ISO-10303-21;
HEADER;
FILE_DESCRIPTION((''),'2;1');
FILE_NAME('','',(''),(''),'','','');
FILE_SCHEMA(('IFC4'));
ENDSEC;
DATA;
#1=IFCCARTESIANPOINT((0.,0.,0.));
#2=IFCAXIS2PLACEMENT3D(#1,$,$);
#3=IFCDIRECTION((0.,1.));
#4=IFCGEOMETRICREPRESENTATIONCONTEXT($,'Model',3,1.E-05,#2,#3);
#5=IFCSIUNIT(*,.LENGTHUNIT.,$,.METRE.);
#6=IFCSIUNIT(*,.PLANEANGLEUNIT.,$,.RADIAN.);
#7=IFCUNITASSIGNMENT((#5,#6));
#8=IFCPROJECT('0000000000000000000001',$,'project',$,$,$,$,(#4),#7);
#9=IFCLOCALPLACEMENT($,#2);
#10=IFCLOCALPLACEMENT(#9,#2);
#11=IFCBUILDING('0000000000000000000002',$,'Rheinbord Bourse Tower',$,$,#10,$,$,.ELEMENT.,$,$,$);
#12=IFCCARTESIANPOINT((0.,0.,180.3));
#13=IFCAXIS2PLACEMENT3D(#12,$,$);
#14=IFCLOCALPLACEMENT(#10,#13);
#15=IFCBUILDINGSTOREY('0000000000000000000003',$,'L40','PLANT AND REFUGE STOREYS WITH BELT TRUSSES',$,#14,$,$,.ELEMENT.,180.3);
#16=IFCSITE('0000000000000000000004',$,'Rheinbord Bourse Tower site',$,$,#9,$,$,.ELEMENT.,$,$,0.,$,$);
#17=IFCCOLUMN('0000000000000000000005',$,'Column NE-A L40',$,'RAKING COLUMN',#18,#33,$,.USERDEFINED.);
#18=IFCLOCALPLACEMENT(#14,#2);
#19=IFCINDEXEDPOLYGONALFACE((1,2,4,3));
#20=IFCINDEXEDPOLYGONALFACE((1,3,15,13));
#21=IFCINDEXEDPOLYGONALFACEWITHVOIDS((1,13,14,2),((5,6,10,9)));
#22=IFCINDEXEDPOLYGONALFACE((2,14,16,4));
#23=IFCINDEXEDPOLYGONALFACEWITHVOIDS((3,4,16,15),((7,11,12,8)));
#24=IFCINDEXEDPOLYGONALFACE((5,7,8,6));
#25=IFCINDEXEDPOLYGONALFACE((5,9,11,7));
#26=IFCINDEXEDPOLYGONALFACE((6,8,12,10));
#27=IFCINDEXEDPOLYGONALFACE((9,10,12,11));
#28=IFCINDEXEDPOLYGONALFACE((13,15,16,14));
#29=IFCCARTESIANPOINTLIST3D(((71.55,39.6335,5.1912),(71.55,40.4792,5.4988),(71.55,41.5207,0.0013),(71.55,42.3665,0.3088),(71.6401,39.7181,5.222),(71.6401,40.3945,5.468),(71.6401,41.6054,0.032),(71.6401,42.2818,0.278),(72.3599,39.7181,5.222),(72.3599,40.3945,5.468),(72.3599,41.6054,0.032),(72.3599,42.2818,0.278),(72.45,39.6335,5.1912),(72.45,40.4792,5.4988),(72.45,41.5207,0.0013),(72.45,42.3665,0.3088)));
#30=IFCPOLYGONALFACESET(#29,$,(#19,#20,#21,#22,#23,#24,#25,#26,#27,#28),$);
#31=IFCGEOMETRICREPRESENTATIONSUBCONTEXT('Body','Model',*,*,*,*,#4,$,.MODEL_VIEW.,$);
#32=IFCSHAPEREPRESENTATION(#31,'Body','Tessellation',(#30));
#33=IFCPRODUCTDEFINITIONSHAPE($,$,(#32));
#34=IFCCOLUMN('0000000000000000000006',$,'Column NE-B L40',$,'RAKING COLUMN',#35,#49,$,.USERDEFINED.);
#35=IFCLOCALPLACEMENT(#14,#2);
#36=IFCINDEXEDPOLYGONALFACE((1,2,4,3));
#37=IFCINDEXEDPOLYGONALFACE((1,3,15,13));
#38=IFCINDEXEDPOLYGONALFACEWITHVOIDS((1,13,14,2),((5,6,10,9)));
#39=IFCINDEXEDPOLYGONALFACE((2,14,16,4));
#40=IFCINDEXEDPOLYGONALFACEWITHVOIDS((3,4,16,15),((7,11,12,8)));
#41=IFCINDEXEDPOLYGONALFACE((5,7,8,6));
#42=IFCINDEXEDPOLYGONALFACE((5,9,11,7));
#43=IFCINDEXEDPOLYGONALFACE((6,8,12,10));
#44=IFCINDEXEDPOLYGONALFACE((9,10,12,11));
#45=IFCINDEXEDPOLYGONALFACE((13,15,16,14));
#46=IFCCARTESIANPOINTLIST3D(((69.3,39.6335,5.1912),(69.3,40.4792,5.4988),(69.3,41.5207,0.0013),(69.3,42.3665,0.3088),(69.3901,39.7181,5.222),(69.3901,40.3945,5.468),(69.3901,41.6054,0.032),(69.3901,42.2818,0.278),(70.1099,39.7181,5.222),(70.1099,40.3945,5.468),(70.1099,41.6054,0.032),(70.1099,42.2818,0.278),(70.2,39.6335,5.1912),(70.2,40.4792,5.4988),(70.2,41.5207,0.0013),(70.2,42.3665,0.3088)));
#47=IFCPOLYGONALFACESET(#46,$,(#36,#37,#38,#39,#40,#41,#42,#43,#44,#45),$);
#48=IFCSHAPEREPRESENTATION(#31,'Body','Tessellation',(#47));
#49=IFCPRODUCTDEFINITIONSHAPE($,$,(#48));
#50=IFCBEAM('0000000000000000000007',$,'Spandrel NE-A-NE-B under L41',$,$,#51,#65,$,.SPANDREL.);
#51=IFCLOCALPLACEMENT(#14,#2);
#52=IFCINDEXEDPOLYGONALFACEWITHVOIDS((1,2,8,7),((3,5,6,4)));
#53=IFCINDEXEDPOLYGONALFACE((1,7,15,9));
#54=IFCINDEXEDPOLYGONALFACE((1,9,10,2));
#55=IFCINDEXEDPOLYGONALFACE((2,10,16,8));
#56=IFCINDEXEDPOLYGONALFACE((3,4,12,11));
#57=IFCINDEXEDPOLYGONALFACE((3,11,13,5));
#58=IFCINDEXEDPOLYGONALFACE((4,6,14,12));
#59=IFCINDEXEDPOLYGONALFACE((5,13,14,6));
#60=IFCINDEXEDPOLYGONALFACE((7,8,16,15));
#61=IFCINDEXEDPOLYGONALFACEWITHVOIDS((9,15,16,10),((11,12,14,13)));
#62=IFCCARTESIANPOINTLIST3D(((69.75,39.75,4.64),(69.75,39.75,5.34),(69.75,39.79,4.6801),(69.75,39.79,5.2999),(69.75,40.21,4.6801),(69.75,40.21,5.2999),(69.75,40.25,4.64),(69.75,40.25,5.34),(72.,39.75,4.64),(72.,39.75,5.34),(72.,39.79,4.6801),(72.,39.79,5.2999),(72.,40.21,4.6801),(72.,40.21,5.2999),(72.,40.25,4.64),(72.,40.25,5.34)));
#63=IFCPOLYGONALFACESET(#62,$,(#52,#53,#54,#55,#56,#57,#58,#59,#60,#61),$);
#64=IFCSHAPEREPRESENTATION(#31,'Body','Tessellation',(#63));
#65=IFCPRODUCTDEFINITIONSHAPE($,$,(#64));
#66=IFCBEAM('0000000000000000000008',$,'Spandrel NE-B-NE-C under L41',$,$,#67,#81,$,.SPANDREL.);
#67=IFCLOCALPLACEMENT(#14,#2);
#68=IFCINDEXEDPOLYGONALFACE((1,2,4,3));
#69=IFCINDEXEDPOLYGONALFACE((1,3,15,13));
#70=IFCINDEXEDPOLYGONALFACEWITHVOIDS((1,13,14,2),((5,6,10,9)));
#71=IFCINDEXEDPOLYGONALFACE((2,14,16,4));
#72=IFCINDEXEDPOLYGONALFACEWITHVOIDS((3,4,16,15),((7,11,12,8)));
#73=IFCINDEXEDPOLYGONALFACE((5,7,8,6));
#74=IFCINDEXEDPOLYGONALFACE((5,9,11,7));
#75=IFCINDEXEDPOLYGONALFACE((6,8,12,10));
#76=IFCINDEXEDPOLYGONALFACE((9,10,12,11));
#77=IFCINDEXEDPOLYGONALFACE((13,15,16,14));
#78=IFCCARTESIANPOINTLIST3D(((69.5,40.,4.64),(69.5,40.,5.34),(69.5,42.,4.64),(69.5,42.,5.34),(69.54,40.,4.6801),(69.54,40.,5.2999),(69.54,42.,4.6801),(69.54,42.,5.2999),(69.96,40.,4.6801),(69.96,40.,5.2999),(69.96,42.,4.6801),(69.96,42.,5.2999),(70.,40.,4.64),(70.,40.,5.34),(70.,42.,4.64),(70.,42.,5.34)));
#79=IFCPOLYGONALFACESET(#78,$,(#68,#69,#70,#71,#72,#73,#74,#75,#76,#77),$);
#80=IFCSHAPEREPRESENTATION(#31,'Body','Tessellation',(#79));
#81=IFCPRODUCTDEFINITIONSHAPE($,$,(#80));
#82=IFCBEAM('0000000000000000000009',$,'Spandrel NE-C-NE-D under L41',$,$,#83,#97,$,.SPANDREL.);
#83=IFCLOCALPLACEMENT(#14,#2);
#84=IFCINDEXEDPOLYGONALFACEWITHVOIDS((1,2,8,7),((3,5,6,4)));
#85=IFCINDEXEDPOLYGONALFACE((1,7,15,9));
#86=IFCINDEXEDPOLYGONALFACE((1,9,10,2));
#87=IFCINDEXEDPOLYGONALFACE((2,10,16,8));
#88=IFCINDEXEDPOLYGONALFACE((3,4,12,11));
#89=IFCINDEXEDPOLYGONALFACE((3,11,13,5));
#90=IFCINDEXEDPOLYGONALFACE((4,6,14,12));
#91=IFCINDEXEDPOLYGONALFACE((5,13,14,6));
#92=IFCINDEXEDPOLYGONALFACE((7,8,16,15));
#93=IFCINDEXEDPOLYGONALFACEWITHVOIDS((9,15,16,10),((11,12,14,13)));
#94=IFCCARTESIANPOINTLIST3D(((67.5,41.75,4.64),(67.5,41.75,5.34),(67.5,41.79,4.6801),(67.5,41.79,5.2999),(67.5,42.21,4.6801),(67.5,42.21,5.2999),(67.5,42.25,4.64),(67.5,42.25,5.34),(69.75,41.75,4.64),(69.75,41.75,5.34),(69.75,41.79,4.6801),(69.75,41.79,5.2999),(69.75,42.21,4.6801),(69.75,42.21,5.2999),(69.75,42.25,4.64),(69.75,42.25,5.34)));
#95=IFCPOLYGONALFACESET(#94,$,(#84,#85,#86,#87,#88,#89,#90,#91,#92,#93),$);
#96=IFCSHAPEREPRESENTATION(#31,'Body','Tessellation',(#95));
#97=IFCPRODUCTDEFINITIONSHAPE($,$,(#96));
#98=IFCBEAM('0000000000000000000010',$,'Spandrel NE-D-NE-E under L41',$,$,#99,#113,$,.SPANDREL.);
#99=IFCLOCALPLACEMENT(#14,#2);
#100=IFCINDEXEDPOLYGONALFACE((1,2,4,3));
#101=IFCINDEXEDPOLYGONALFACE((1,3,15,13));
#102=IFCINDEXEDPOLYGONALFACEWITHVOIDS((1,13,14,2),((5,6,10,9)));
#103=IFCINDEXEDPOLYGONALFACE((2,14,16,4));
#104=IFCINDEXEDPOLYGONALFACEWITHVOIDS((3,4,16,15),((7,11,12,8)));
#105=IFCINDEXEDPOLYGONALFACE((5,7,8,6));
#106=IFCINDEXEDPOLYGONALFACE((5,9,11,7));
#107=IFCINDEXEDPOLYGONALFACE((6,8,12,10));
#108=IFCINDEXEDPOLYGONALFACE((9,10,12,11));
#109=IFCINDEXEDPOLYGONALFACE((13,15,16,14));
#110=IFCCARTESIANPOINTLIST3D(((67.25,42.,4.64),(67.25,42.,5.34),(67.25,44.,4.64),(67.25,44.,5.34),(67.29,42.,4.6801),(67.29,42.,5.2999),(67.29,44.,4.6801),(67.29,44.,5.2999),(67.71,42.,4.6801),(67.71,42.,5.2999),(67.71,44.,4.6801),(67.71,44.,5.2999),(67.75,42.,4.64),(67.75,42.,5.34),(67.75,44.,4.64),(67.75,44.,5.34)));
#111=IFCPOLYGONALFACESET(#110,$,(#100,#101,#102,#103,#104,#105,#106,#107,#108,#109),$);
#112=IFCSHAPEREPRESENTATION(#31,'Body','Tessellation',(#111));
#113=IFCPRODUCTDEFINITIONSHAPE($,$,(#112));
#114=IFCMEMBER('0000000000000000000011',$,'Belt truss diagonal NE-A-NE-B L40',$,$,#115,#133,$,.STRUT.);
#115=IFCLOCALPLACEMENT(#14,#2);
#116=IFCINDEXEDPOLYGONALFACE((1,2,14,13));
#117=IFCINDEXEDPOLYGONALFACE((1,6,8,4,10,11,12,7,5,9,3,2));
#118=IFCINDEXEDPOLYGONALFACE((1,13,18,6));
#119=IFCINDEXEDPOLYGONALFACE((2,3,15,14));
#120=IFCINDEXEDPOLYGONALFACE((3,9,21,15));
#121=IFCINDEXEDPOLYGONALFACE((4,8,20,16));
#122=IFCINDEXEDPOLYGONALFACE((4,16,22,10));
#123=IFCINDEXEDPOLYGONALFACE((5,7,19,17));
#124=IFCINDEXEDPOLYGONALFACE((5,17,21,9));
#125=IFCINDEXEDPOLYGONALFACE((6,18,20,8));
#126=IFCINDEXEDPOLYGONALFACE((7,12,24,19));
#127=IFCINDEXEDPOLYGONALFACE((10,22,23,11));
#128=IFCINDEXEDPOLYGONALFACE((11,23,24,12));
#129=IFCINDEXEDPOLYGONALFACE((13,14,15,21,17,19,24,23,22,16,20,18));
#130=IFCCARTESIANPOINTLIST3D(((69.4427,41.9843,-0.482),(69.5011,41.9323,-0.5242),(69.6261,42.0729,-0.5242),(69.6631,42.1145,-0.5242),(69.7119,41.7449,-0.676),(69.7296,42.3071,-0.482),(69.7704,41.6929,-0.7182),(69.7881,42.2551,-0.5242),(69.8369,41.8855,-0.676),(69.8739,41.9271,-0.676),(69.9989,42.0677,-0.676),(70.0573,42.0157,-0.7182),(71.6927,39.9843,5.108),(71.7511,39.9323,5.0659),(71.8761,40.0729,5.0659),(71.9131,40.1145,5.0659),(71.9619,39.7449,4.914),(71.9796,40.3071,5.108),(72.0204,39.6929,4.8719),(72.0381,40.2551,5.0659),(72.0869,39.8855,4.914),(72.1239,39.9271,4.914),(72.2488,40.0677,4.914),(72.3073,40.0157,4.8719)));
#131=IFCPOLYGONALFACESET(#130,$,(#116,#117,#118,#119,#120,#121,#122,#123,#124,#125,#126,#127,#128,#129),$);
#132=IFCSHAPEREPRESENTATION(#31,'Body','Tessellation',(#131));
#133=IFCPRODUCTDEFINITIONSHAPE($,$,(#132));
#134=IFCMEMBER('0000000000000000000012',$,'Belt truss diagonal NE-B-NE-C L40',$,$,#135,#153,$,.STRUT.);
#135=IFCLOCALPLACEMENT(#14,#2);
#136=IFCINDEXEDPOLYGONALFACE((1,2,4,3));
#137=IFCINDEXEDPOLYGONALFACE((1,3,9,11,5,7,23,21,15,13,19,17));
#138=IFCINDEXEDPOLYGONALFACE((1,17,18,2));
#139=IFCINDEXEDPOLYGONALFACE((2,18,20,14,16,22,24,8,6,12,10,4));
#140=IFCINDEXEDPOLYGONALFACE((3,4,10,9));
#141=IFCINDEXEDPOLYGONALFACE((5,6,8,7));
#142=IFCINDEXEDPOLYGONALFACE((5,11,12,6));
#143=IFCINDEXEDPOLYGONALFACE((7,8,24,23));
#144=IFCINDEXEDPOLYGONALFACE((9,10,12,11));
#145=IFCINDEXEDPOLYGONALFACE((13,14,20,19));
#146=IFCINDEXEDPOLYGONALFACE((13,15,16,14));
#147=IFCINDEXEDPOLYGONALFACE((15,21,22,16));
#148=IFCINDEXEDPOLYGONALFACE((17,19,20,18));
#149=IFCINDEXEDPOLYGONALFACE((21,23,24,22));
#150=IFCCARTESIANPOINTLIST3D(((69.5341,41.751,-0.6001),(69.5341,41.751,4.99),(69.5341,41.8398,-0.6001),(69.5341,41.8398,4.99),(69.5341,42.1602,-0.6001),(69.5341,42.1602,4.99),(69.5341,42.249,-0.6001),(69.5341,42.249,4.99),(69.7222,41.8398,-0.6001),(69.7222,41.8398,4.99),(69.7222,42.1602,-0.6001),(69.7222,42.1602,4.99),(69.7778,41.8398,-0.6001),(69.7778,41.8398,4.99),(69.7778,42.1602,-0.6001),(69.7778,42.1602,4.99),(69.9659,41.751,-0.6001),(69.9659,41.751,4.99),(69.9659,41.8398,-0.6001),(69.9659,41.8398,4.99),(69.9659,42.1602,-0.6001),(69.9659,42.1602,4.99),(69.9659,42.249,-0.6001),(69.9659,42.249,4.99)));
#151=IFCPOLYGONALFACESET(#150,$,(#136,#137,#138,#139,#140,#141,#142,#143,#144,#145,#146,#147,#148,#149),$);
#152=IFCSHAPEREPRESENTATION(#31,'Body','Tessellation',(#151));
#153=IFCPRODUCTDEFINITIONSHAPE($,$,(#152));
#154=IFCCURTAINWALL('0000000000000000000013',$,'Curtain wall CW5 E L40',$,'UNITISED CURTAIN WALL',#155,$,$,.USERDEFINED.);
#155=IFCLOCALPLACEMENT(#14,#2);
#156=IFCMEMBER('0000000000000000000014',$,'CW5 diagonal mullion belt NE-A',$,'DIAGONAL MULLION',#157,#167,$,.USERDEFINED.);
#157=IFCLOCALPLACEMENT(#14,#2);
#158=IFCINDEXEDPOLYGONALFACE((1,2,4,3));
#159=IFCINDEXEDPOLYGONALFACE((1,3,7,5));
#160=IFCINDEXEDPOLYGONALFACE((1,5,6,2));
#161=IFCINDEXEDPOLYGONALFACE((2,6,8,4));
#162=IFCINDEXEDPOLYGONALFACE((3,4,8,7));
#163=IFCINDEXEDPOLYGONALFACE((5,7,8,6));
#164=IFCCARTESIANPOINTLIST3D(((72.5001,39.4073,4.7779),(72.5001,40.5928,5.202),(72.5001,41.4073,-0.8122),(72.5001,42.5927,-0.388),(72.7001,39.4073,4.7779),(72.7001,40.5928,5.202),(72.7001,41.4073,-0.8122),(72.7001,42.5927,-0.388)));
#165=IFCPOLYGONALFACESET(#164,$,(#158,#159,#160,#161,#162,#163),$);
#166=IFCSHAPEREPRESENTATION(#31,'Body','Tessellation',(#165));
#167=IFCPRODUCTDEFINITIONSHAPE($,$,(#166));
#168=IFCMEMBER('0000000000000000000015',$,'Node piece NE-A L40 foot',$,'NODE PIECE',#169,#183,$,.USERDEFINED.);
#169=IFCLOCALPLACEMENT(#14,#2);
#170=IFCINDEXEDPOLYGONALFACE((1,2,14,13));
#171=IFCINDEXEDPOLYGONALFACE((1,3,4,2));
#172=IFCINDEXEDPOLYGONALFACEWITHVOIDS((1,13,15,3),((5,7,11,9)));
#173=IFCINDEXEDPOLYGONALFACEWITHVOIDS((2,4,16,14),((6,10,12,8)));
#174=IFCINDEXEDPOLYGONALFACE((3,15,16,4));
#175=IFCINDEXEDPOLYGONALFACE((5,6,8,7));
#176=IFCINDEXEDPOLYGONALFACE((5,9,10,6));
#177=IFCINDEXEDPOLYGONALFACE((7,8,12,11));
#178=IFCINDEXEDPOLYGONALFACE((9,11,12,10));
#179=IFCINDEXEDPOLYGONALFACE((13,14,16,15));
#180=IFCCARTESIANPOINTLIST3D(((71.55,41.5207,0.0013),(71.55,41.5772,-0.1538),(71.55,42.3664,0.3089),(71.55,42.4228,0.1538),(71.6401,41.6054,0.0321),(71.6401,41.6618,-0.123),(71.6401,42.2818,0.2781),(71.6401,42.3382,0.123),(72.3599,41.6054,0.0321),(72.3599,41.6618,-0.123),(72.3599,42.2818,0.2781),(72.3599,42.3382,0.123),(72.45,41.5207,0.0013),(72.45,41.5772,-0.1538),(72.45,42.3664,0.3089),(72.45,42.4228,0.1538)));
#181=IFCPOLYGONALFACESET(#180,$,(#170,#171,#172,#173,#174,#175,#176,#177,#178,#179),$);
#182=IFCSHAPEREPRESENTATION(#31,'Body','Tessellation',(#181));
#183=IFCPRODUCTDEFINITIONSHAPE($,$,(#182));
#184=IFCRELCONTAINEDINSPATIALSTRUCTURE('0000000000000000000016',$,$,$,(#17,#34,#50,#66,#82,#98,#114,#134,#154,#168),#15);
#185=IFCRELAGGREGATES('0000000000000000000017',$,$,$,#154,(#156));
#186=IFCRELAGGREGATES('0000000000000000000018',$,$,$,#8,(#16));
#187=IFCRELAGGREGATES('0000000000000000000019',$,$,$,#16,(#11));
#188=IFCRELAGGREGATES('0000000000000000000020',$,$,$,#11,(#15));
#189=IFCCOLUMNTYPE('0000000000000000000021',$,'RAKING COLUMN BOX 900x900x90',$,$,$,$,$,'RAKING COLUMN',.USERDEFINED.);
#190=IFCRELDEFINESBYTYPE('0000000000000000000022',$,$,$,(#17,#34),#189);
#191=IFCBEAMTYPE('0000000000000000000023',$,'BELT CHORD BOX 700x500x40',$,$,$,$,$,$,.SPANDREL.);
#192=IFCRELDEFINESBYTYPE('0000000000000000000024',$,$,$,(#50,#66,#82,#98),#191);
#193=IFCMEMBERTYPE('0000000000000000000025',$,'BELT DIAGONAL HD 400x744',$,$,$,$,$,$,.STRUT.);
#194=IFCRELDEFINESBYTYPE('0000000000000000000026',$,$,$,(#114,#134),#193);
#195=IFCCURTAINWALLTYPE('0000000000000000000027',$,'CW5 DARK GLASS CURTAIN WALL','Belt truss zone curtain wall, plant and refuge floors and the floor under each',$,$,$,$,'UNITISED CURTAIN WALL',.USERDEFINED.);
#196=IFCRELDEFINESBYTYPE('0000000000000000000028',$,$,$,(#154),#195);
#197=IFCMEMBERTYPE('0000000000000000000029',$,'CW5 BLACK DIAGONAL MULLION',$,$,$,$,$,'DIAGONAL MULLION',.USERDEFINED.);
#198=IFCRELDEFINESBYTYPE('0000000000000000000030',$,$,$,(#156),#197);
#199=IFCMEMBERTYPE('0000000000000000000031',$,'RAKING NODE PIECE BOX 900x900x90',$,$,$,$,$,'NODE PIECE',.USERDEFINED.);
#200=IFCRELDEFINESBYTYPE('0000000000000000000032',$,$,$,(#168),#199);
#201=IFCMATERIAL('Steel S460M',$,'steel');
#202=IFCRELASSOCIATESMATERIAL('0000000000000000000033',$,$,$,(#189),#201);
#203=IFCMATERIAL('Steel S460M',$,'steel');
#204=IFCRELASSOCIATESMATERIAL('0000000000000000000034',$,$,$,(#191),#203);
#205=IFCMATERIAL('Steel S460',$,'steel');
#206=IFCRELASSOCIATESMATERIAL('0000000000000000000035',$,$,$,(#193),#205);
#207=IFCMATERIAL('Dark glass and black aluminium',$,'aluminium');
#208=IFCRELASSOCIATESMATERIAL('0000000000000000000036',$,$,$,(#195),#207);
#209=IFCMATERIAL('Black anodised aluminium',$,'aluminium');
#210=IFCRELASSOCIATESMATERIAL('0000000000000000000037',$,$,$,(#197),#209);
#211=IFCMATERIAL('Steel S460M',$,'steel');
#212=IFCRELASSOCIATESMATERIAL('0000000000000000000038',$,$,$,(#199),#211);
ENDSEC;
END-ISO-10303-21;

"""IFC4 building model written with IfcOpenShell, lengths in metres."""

from ifc_helpers import new_model, si_unit, direction, frame, origin, origin_2d, place, context, subcontext, project, spatial, rectangle, hollow_rectangle, i_section, extrude, material, material_profile, profile_set, type_object, element, aggregate, save


model = new_model("IFC4")

# Units and contexts
model_context = context("Model", 3, precision=1e-05, world=origin(), true_north=direction((0.0, 1.0)))
body_context = subcontext(model_context, "Body", "Model", "MODEL_VIEW")
ifc_project = project(units=[si_unit("LENGTHUNIT", "METRE"), si_unit("PLANEANGLEUNIT", "RADIAN")], contexts=[model_context])

# Site, building, storey
site_placement = place(None, origin())
site = spatial("IfcSite", under=ifc_project, at=site_placement, Name="Rheinbord Bourse Tower site", CompositionType="ELEMENT", RefElevation=0.0)
building_placement = place(site_placement, origin())
building = spatial("IfcBuilding", under=site, at=building_placement, Name="Rheinbord Bourse Tower", CompositionType="ELEMENT")
storey_placement = place(building_placement, frame((0.0, 0.0, 180.3)))
storey = spatial("IfcBuildingStorey", under=building, at=storey_placement, Name="L40", Description="PLANT AND REFUGE STOREYS WITH BELT TRUSSES", CompositionType="ELEMENT", Elevation=180.3)

# Columns
ifc_material_1 = material(Name="Steel S460M", Category="steel")
ifc_material_profile_1 = material_profile(ifc_material_1, hollow_rectangle(XDim=0.8999, YDim=0.8999, WallThickness=0.0901, at=origin_2d()), Name="BOX 900x900x90")
ifc_profile_set_1 = profile_set([ifc_material_profile_1], Name="Steel S460M")
column_type = type_object("IfcColumnType", Name="RAKING COLUMN BOX 900x900x90", ElementType="RAKING COLUMN", PredefinedType="USERDEFINED", material=ifc_profile_set_1)
for number, where, z_axis, x_axis, name in (
    (1, (72.0, 41.9436, 0.155), (0.0, -0.341743, 0.939793), (1.0, 0.0, 0.0), "Column NE-A L40"),
    (2, (69.75, 41.9436, 0.155), (0.0, -0.341743, 0.939793), (1.0, 0.0, 0.0), "Column NE-B L40"),
):
    element("IfcColumn", number, at=place(storey_placement, frame(where, z_axis=z_axis, x_axis=x_axis)), inside=storey, type_object=column_type, Name=name, ObjectType="RAKING COLUMN", PredefinedType="USERDEFINED", context=body_context, shape_type="SweptSolid", body=[
        extrude(hollow_rectangle(XDim=0.8999, YDim=0.8999, WallThickness=0.0901, at=origin_2d()), origin(), (0.0, 0.0, 1.0), 5.5225),
    ])

# Beams
ifc_material_2 = material(Name="Steel S460M", Category="steel")
ifc_material_profile_2 = material_profile(ifc_material_2, hollow_rectangle(XDim=0.5, YDim=0.7, WallThickness=0.04, at=origin_2d()), Name="BOX 700x500x40")
ifc_profile_set_2 = profile_set([ifc_material_profile_2], Name="Steel S460M")
beam_type_1 = type_object("IfcBeamType", Name="BELT CHORD BOX 700x500x40", PredefinedType="SPANDREL", material=ifc_profile_set_2)
beam_1_placement = place(storey_placement, frame((72.0, 40.0, 4.99), z_axis=(-1.0, 0.0, 0.0), x_axis=(0.0, -1.0, 0.0)))
element("IfcBeam", 3, at=beam_1_placement, inside=storey, type_object=beam_type_1, Name="Spandrel NE-A-NE-B under L41", PredefinedType="SPANDREL", context=body_context, shape_type="SweptSolid", body=[
    extrude(hollow_rectangle(XDim=0.5, YDim=0.7, WallThickness=0.04, at=origin_2d()), origin(), (0.0, 0.0, 1.0), 2.25),
])
beam_2_placement = place(storey_placement, frame((69.75, 40.0, 4.99), z_axis=(0.0, 1.0, 0.0), x_axis=(-1.0, 0.0, 0.0)))
element("IfcBeam", 4, at=beam_2_placement, inside=storey, type_object=beam_type_1, Name="Spandrel NE-B-NE-C under L41", PredefinedType="SPANDREL", context=body_context, shape_type="SweptSolid", body=[
    extrude(hollow_rectangle(XDim=0.5, YDim=0.7, WallThickness=0.04, at=origin_2d()), origin(), (0.0, 0.0, 1.0), 2.0),
])
beam_3_placement = place(storey_placement, frame((69.75, 42.0, 4.99), z_axis=(-1.0, 0.0, 0.0), x_axis=(0.0, -1.0, 0.0)))
element("IfcBeam", 5, at=beam_3_placement, inside=storey, type_object=beam_type_1, Name="Spandrel NE-C-NE-D under L41", PredefinedType="SPANDREL", context=body_context, shape_type="SweptSolid", body=[
    extrude(hollow_rectangle(XDim=0.5, YDim=0.7, WallThickness=0.04, at=origin_2d()), origin(), (0.0, 0.0, 1.0), 2.25),
])
beam_4_placement = place(storey_placement, frame((67.5, 42.0, 4.99), z_axis=(0.0, 1.0, 0.0), x_axis=(-1.0, 0.0, 0.0)))
element("IfcBeam", 6, at=beam_4_placement, inside=storey, type_object=beam_type_1, Name="Spandrel NE-D-NE-E under L41", PredefinedType="SPANDREL", context=body_context, shape_type="SweptSolid", body=[
    extrude(hollow_rectangle(XDim=0.5, YDim=0.7, WallThickness=0.04, at=origin_2d()), origin(), (0.0, 0.0, 1.0), 2.0),
])

# Members
ifc_material_3 = material(Name="Steel S460", Category="steel")
ifc_material_profile_3 = material_profile(ifc_material_3, i_section(OverallWidth=0.4319, OverallDepth=0.498, WebThickness=0.0557, FlangeThickness=0.0889, at=origin_2d()), Name="HD 400x744")
ifc_profile_set_3 = profile_set([ifc_material_profile_3], Name="Steel S460")
member_type_1 = type_object("IfcMemberType", Name="BELT DIAGONAL HD 400x744", PredefinedType="STRUT", material=ifc_profile_set_3)
member_1_placement = place(storey_placement, frame((69.75, 42.0, -0.6001), z_axis=(0.354379, -0.315003, 0.880448), x_axis=(0.664364, 0.747409, 0.0)))
element("IfcMember", 7, at=member_1_placement, inside=storey, type_object=member_type_1, Name="Belt truss diagonal NE-A-NE-B L40", PredefinedType="STRUT", context=body_context, shape_type="SweptSolid", body=[
    extrude(i_section(OverallWidth=0.4319, OverallDepth=0.498, WebThickness=0.0557, FlangeThickness=0.0889, at=origin_2d()), origin(), (0.0, 0.0, 1.0), 6.3491),
])
member_2_placement = place(storey_placement, frame((69.75, 42.0, -0.6001), z_axis=(0.0, 0.0, 1.0), x_axis=(1.0, 0.0, 0.0)))
element("IfcMember", 8, at=member_2_placement, inside=storey, type_object=member_type_1, Name="Belt truss diagonal NE-B-NE-C L40", PredefinedType="STRUT", context=body_context, shape_type="SweptSolid", body=[
    extrude(i_section(OverallWidth=0.4319, OverallDepth=0.498, WebThickness=0.0557, FlangeThickness=0.0889, at=origin_2d()), origin(), (0.0, 0.0, 1.0), 5.5901),
])

# Curtain wall, member
ifc_material_4 = material(Name="Dark glass and black aluminium", Category="aluminium")
curtain_wall_type = type_object("IfcCurtainWallType", Name="CW5 DARK GLASS CURTAIN WALL", Description="Belt truss zone curtain wall, plant and refuge floors and the floor under each", ElementType="UNITISED CURTAIN WALL", PredefinedType="USERDEFINED", material=ifc_material_4)
curtain_wall_placement = place(storey_placement, origin())
curtain_wall = element("IfcCurtainWall", 9, at=curtain_wall_placement, inside=storey, type_object=curtain_wall_type, Name="Curtain wall CW5 E L40", ObjectType="UNITISED CURTAIN WALL", PredefinedType="USERDEFINED")
ifc_material_5 = material(Name="Black anodised aluminium", Category="aluminium")
ifc_material_profile_4 = material_profile(ifc_material_5, rectangle(XDim=0.2, YDim=1.259, at=origin_2d()), Name="CW5 DIAGONAL MULLION 1259x200")
ifc_profile_set_4 = profile_set([ifc_material_profile_4], Name="Black anodised aluminium")
member_type_2 = type_object("IfcMemberType", Name="CW5 BLACK DIAGONAL MULLION", ElementType="DIAGONAL MULLION", PredefinedType="USERDEFINED", material=ifc_profile_set_4)
member_3_placement = place(storey_placement, frame((72.6001, 42.0, -0.6001), z_axis=(0.0, -0.336865, 0.941553), x_axis=(1.0, 0.0, 0.0)))
member_3 = element("IfcMember", 10, at=member_3_placement, type_object=member_type_2, Name="CW5 diagonal mullion belt NE-A", ObjectType="DIAGONAL MULLION", PredefinedType="USERDEFINED", context=body_context, shape_type="SweptSolid", body=[
    extrude(rectangle(XDim=0.2, YDim=1.259, at=origin_2d()), origin(), (0.0, 0.0, 1.0), 5.937),
])

# Member
ifc_material_6 = material(Name="Steel S460M", Category="steel")
ifc_material_profile_5 = material_profile(ifc_material_6, hollow_rectangle(XDim=0.8999, YDim=0.8999, WallThickness=0.0901, at=origin_2d()), Name="BOX 900x900x90")
ifc_profile_set_5 = profile_set([ifc_material_profile_5], Name="Steel S460M")
member_type_3 = type_object("IfcMemberType", Name="RAKING NODE PIECE BOX 900x900x90", ElementType="NODE PIECE", PredefinedType="USERDEFINED", material=ifc_profile_set_5)
for number, where, z_axis, x_axis, name in (
    (11, (72.0, 42.0, 0.0), (0.0, -0.341862, 0.93975), (1.0, 0.0, 0.0), "Node piece NE-A L40 foot"),
):
    element("IfcMember", number, at=place(storey_placement, frame(where, z_axis=z_axis, x_axis=x_axis)), inside=storey, type_object=member_type_3, Name=name, ObjectType="NODE PIECE", PredefinedType="USERDEFINED", context=body_context, shape_type="SweptSolid", body=[
        extrude(hollow_rectangle(XDim=0.8999, YDim=0.8999, WallThickness=0.0901, at=origin_2d()), origin(), (0.0, 0.0, 1.0), 0.165),
    ])

aggregate(curtain_wall, [member_3])

save(model, "model.ifc")
